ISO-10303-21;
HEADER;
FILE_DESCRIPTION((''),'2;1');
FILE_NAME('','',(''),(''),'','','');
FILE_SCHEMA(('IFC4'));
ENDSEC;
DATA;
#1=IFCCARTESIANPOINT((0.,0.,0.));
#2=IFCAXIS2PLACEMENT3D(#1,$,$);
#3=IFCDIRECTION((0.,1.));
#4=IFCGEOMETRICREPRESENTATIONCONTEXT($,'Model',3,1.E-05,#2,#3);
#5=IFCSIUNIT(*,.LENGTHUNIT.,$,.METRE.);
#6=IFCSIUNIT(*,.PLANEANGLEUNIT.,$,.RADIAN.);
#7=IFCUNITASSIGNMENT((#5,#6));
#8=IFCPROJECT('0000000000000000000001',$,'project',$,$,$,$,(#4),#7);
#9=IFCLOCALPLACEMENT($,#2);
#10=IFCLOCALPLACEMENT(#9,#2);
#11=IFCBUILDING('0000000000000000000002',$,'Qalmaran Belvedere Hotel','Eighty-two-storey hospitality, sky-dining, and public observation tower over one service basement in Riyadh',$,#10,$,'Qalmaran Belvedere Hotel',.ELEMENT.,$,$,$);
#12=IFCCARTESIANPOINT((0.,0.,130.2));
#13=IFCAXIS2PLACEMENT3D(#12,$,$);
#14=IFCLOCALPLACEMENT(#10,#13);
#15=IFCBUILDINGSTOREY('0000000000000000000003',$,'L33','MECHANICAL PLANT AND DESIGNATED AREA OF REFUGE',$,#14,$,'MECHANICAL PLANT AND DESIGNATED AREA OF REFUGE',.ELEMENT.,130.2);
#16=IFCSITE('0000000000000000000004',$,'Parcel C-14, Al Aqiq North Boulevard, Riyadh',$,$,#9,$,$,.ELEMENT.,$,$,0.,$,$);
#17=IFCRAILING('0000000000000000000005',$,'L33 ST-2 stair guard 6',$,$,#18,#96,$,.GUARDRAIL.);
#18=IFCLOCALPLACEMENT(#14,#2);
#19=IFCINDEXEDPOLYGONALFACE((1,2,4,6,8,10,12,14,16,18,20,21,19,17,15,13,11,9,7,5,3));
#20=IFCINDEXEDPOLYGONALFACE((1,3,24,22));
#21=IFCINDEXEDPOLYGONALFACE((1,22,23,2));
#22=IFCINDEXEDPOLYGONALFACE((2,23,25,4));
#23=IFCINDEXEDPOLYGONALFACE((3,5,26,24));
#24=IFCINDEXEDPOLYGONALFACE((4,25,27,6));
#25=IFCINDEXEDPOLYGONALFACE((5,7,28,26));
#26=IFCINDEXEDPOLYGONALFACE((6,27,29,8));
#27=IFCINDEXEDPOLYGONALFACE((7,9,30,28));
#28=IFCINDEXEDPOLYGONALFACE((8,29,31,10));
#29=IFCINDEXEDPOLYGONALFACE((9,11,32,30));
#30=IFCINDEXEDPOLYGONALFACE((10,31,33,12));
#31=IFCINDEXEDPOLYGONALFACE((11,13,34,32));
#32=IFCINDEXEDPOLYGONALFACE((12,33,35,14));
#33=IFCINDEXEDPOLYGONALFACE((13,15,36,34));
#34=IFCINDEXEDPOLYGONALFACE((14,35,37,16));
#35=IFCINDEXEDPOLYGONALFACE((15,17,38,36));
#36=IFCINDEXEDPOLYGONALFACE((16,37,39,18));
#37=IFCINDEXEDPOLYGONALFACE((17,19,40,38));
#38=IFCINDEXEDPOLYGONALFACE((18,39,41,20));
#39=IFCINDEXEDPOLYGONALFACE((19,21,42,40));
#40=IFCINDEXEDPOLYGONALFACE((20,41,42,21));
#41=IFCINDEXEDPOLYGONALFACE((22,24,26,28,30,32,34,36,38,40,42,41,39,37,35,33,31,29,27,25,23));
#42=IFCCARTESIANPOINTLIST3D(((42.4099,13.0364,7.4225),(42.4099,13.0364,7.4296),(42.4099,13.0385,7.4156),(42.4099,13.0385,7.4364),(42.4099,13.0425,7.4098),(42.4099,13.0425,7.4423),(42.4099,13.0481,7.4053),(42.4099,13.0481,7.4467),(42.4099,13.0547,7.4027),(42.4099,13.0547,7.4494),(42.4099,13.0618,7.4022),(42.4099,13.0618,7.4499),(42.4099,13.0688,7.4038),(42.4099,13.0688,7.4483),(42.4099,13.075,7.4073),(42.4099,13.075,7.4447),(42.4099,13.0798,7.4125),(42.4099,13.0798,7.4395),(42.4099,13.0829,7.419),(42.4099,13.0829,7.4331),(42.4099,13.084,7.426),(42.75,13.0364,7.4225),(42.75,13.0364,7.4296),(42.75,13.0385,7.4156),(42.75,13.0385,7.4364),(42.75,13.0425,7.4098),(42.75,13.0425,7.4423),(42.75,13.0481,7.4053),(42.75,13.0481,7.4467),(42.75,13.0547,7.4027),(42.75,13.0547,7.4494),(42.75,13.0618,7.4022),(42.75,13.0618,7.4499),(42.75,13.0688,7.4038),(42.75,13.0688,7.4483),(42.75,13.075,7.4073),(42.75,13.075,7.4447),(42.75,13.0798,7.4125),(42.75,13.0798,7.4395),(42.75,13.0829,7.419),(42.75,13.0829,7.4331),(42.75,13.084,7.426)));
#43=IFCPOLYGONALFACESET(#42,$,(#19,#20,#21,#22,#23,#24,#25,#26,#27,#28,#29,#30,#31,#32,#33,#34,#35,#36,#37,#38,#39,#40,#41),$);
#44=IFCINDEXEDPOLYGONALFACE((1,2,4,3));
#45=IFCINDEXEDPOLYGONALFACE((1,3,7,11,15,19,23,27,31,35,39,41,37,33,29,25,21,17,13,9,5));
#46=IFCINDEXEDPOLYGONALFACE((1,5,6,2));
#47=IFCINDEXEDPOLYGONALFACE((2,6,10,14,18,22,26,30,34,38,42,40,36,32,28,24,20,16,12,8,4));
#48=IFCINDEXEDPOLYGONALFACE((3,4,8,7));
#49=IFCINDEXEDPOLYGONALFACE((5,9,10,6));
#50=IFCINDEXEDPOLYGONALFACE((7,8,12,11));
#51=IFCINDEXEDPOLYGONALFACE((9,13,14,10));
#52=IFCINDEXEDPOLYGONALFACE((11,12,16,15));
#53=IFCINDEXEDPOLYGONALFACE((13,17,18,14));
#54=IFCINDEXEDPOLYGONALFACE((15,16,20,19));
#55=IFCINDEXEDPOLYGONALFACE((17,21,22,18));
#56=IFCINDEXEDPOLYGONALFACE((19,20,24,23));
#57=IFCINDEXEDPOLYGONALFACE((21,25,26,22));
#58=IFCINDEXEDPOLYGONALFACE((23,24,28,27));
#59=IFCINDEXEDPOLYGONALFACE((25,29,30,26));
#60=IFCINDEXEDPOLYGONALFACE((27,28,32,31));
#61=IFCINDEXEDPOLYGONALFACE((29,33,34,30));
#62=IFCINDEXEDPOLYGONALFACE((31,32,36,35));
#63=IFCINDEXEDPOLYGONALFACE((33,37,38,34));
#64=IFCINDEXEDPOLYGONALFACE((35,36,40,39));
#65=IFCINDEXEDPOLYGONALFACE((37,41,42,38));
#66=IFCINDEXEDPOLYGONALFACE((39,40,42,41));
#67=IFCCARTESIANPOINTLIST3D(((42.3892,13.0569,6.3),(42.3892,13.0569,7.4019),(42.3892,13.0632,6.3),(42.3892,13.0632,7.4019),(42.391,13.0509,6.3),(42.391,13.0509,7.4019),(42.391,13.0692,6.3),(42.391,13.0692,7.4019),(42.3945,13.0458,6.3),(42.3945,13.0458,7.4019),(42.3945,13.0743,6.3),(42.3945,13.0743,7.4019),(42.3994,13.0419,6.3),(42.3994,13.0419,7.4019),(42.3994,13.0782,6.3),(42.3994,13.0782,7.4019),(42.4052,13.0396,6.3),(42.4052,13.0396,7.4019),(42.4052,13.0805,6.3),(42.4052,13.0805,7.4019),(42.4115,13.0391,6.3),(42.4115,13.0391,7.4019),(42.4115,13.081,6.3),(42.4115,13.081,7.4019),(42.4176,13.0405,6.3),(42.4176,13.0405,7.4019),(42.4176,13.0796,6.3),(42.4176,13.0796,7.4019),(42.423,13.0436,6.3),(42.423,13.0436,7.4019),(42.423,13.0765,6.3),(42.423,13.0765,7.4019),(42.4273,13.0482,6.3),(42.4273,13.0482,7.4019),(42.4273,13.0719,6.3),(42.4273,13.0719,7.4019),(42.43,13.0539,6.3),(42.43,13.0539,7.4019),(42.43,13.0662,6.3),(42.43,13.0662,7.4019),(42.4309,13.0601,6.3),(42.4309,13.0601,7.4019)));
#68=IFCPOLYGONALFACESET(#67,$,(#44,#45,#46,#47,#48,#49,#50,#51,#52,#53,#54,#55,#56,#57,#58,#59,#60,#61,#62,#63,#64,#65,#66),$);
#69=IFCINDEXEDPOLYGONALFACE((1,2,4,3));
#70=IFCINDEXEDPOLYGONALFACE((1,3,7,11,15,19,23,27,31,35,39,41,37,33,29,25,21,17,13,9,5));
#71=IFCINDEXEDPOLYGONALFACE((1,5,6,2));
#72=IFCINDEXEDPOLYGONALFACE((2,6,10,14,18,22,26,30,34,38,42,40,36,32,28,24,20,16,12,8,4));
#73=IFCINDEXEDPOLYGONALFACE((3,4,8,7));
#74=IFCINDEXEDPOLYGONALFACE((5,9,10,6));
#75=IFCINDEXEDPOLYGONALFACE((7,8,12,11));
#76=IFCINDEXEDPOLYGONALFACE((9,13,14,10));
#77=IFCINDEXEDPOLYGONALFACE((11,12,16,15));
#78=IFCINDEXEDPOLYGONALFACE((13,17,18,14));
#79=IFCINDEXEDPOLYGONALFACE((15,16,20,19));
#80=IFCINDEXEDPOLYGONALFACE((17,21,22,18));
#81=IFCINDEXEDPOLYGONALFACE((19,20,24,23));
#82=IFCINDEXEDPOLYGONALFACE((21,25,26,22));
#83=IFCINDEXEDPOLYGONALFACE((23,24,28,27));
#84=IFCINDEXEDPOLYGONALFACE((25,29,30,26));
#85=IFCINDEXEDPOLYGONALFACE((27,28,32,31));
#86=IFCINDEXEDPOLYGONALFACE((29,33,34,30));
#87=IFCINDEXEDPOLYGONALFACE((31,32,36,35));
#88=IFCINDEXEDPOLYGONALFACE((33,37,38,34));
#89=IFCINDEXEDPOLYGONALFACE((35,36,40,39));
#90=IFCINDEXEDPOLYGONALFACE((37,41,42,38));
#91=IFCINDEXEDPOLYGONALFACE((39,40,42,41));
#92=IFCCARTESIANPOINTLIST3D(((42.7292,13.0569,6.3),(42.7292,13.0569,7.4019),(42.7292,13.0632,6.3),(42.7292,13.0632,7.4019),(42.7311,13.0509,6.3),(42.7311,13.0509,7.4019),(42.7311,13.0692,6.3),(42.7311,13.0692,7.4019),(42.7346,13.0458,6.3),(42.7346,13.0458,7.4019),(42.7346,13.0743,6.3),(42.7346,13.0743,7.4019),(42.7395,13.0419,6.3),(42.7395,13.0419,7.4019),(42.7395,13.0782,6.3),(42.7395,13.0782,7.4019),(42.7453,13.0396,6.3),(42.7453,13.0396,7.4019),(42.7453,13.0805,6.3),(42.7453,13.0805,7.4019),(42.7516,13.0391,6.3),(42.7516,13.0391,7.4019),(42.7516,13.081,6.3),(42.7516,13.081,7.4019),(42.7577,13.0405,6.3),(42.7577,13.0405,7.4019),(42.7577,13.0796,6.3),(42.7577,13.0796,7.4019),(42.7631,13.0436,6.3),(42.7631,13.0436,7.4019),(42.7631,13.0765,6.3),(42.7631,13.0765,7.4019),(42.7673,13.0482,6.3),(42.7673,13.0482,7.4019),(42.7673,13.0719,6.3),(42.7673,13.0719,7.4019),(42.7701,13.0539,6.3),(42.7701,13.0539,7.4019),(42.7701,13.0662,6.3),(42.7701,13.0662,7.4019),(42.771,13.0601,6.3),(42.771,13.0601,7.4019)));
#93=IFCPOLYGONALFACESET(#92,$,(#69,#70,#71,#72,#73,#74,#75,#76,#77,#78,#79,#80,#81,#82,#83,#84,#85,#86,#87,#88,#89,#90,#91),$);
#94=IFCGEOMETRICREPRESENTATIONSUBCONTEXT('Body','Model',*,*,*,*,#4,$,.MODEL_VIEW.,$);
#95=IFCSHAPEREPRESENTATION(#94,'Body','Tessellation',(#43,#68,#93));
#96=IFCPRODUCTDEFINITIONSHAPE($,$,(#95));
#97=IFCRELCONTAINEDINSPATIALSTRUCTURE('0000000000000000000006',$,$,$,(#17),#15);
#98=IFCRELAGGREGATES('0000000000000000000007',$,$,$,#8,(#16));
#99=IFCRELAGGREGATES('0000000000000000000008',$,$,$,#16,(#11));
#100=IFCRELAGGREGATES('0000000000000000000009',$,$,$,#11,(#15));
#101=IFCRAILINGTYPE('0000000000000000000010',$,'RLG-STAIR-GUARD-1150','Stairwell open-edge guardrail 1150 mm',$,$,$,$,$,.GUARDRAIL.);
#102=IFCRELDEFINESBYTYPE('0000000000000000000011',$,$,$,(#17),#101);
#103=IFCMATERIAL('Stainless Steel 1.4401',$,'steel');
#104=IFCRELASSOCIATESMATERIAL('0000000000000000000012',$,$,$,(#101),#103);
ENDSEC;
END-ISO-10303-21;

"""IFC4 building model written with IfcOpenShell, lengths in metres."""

from ifc_helpers import new_model, si_unit, direction, frame, origin, origin_2d, place, context, subcontext, project, spatial, circle, extrude, material, type_object, element, save


model = new_model("IFC4")

# Units and contexts
model_context = context("Model", 3, precision=1e-05, world=origin(), true_north=direction((0.0, 1.0)))
body_context = subcontext(model_context, "Body", "Model", "MODEL_VIEW")
ifc_project = project(units=[si_unit("LENGTHUNIT", "METRE"), si_unit("PLANEANGLEUNIT", "RADIAN")], contexts=[model_context])

# Site, building, storey
site_placement = place(None, origin())
site = spatial("IfcSite", under=ifc_project, at=site_placement, Name="Parcel C-14, Al Aqiq North Boulevard, Riyadh", CompositionType="ELEMENT", RefElevation=0.0)
building_placement = place(site_placement, origin())
building = spatial("IfcBuilding", under=site, at=building_placement, Name="Qalmaran Belvedere Hotel", Description="Eighty-two-storey hospitality, sky-dining, and public observation tower over one service basement in Riyadh", LongName="Qalmaran Belvedere Hotel", CompositionType="ELEMENT")
storey_placement = place(building_placement, frame((0.0, 0.0, 130.2)))
storey = spatial("IfcBuildingStorey", under=building, at=storey_placement, Name="L33", Description="MECHANICAL PLANT AND DESIGNATED AREA OF REFUGE", LongName="MECHANICAL PLANT AND DESIGNATED AREA OF REFUGE", CompositionType="ELEMENT", Elevation=130.2)

# Railing
ifc_material_1 = material(Name="Stainless Steel 1.4401", Category="steel")
railing_type_1 = type_object("IfcRailingType", Name="RLG-STAIR-GUARD-1150", Description="Stairwell open-edge guardrail 1150 mm", PredefinedType="GUARDRAIL", material=ifc_material_1)
railing_1_placement = place(storey_placement, frame((42.4099, 13.0601, 6.3)))
element("IfcRailing", 1, at=railing_1_placement, inside=storey, type_object=railing_type_1, Name="L33 ST-2 stair guard 6", PredefinedType="GUARDRAIL", context=body_context, shape_type="SweptSolid", body=[
    extrude(circle(Radius=0.0239, at=origin_2d()), frame((0.0, 0.0, 1.126), z_axis=(1.0, 0.0, 0.0), x_axis=(0.0, 1.0, 0.0)), (0.0, 0.0, 1.0), 0.3401),
    extrude(circle(Radius=0.021, at=origin_2d()), origin(), (0.0, 0.0, 1.0), 1.1018),
    extrude(circle(Radius=0.021, at=origin_2d()), frame((0.3401, 0.0, 0.0)), (0.0, 0.0, 1.0), 1.1018),
])

save(model, "model.ifc")
